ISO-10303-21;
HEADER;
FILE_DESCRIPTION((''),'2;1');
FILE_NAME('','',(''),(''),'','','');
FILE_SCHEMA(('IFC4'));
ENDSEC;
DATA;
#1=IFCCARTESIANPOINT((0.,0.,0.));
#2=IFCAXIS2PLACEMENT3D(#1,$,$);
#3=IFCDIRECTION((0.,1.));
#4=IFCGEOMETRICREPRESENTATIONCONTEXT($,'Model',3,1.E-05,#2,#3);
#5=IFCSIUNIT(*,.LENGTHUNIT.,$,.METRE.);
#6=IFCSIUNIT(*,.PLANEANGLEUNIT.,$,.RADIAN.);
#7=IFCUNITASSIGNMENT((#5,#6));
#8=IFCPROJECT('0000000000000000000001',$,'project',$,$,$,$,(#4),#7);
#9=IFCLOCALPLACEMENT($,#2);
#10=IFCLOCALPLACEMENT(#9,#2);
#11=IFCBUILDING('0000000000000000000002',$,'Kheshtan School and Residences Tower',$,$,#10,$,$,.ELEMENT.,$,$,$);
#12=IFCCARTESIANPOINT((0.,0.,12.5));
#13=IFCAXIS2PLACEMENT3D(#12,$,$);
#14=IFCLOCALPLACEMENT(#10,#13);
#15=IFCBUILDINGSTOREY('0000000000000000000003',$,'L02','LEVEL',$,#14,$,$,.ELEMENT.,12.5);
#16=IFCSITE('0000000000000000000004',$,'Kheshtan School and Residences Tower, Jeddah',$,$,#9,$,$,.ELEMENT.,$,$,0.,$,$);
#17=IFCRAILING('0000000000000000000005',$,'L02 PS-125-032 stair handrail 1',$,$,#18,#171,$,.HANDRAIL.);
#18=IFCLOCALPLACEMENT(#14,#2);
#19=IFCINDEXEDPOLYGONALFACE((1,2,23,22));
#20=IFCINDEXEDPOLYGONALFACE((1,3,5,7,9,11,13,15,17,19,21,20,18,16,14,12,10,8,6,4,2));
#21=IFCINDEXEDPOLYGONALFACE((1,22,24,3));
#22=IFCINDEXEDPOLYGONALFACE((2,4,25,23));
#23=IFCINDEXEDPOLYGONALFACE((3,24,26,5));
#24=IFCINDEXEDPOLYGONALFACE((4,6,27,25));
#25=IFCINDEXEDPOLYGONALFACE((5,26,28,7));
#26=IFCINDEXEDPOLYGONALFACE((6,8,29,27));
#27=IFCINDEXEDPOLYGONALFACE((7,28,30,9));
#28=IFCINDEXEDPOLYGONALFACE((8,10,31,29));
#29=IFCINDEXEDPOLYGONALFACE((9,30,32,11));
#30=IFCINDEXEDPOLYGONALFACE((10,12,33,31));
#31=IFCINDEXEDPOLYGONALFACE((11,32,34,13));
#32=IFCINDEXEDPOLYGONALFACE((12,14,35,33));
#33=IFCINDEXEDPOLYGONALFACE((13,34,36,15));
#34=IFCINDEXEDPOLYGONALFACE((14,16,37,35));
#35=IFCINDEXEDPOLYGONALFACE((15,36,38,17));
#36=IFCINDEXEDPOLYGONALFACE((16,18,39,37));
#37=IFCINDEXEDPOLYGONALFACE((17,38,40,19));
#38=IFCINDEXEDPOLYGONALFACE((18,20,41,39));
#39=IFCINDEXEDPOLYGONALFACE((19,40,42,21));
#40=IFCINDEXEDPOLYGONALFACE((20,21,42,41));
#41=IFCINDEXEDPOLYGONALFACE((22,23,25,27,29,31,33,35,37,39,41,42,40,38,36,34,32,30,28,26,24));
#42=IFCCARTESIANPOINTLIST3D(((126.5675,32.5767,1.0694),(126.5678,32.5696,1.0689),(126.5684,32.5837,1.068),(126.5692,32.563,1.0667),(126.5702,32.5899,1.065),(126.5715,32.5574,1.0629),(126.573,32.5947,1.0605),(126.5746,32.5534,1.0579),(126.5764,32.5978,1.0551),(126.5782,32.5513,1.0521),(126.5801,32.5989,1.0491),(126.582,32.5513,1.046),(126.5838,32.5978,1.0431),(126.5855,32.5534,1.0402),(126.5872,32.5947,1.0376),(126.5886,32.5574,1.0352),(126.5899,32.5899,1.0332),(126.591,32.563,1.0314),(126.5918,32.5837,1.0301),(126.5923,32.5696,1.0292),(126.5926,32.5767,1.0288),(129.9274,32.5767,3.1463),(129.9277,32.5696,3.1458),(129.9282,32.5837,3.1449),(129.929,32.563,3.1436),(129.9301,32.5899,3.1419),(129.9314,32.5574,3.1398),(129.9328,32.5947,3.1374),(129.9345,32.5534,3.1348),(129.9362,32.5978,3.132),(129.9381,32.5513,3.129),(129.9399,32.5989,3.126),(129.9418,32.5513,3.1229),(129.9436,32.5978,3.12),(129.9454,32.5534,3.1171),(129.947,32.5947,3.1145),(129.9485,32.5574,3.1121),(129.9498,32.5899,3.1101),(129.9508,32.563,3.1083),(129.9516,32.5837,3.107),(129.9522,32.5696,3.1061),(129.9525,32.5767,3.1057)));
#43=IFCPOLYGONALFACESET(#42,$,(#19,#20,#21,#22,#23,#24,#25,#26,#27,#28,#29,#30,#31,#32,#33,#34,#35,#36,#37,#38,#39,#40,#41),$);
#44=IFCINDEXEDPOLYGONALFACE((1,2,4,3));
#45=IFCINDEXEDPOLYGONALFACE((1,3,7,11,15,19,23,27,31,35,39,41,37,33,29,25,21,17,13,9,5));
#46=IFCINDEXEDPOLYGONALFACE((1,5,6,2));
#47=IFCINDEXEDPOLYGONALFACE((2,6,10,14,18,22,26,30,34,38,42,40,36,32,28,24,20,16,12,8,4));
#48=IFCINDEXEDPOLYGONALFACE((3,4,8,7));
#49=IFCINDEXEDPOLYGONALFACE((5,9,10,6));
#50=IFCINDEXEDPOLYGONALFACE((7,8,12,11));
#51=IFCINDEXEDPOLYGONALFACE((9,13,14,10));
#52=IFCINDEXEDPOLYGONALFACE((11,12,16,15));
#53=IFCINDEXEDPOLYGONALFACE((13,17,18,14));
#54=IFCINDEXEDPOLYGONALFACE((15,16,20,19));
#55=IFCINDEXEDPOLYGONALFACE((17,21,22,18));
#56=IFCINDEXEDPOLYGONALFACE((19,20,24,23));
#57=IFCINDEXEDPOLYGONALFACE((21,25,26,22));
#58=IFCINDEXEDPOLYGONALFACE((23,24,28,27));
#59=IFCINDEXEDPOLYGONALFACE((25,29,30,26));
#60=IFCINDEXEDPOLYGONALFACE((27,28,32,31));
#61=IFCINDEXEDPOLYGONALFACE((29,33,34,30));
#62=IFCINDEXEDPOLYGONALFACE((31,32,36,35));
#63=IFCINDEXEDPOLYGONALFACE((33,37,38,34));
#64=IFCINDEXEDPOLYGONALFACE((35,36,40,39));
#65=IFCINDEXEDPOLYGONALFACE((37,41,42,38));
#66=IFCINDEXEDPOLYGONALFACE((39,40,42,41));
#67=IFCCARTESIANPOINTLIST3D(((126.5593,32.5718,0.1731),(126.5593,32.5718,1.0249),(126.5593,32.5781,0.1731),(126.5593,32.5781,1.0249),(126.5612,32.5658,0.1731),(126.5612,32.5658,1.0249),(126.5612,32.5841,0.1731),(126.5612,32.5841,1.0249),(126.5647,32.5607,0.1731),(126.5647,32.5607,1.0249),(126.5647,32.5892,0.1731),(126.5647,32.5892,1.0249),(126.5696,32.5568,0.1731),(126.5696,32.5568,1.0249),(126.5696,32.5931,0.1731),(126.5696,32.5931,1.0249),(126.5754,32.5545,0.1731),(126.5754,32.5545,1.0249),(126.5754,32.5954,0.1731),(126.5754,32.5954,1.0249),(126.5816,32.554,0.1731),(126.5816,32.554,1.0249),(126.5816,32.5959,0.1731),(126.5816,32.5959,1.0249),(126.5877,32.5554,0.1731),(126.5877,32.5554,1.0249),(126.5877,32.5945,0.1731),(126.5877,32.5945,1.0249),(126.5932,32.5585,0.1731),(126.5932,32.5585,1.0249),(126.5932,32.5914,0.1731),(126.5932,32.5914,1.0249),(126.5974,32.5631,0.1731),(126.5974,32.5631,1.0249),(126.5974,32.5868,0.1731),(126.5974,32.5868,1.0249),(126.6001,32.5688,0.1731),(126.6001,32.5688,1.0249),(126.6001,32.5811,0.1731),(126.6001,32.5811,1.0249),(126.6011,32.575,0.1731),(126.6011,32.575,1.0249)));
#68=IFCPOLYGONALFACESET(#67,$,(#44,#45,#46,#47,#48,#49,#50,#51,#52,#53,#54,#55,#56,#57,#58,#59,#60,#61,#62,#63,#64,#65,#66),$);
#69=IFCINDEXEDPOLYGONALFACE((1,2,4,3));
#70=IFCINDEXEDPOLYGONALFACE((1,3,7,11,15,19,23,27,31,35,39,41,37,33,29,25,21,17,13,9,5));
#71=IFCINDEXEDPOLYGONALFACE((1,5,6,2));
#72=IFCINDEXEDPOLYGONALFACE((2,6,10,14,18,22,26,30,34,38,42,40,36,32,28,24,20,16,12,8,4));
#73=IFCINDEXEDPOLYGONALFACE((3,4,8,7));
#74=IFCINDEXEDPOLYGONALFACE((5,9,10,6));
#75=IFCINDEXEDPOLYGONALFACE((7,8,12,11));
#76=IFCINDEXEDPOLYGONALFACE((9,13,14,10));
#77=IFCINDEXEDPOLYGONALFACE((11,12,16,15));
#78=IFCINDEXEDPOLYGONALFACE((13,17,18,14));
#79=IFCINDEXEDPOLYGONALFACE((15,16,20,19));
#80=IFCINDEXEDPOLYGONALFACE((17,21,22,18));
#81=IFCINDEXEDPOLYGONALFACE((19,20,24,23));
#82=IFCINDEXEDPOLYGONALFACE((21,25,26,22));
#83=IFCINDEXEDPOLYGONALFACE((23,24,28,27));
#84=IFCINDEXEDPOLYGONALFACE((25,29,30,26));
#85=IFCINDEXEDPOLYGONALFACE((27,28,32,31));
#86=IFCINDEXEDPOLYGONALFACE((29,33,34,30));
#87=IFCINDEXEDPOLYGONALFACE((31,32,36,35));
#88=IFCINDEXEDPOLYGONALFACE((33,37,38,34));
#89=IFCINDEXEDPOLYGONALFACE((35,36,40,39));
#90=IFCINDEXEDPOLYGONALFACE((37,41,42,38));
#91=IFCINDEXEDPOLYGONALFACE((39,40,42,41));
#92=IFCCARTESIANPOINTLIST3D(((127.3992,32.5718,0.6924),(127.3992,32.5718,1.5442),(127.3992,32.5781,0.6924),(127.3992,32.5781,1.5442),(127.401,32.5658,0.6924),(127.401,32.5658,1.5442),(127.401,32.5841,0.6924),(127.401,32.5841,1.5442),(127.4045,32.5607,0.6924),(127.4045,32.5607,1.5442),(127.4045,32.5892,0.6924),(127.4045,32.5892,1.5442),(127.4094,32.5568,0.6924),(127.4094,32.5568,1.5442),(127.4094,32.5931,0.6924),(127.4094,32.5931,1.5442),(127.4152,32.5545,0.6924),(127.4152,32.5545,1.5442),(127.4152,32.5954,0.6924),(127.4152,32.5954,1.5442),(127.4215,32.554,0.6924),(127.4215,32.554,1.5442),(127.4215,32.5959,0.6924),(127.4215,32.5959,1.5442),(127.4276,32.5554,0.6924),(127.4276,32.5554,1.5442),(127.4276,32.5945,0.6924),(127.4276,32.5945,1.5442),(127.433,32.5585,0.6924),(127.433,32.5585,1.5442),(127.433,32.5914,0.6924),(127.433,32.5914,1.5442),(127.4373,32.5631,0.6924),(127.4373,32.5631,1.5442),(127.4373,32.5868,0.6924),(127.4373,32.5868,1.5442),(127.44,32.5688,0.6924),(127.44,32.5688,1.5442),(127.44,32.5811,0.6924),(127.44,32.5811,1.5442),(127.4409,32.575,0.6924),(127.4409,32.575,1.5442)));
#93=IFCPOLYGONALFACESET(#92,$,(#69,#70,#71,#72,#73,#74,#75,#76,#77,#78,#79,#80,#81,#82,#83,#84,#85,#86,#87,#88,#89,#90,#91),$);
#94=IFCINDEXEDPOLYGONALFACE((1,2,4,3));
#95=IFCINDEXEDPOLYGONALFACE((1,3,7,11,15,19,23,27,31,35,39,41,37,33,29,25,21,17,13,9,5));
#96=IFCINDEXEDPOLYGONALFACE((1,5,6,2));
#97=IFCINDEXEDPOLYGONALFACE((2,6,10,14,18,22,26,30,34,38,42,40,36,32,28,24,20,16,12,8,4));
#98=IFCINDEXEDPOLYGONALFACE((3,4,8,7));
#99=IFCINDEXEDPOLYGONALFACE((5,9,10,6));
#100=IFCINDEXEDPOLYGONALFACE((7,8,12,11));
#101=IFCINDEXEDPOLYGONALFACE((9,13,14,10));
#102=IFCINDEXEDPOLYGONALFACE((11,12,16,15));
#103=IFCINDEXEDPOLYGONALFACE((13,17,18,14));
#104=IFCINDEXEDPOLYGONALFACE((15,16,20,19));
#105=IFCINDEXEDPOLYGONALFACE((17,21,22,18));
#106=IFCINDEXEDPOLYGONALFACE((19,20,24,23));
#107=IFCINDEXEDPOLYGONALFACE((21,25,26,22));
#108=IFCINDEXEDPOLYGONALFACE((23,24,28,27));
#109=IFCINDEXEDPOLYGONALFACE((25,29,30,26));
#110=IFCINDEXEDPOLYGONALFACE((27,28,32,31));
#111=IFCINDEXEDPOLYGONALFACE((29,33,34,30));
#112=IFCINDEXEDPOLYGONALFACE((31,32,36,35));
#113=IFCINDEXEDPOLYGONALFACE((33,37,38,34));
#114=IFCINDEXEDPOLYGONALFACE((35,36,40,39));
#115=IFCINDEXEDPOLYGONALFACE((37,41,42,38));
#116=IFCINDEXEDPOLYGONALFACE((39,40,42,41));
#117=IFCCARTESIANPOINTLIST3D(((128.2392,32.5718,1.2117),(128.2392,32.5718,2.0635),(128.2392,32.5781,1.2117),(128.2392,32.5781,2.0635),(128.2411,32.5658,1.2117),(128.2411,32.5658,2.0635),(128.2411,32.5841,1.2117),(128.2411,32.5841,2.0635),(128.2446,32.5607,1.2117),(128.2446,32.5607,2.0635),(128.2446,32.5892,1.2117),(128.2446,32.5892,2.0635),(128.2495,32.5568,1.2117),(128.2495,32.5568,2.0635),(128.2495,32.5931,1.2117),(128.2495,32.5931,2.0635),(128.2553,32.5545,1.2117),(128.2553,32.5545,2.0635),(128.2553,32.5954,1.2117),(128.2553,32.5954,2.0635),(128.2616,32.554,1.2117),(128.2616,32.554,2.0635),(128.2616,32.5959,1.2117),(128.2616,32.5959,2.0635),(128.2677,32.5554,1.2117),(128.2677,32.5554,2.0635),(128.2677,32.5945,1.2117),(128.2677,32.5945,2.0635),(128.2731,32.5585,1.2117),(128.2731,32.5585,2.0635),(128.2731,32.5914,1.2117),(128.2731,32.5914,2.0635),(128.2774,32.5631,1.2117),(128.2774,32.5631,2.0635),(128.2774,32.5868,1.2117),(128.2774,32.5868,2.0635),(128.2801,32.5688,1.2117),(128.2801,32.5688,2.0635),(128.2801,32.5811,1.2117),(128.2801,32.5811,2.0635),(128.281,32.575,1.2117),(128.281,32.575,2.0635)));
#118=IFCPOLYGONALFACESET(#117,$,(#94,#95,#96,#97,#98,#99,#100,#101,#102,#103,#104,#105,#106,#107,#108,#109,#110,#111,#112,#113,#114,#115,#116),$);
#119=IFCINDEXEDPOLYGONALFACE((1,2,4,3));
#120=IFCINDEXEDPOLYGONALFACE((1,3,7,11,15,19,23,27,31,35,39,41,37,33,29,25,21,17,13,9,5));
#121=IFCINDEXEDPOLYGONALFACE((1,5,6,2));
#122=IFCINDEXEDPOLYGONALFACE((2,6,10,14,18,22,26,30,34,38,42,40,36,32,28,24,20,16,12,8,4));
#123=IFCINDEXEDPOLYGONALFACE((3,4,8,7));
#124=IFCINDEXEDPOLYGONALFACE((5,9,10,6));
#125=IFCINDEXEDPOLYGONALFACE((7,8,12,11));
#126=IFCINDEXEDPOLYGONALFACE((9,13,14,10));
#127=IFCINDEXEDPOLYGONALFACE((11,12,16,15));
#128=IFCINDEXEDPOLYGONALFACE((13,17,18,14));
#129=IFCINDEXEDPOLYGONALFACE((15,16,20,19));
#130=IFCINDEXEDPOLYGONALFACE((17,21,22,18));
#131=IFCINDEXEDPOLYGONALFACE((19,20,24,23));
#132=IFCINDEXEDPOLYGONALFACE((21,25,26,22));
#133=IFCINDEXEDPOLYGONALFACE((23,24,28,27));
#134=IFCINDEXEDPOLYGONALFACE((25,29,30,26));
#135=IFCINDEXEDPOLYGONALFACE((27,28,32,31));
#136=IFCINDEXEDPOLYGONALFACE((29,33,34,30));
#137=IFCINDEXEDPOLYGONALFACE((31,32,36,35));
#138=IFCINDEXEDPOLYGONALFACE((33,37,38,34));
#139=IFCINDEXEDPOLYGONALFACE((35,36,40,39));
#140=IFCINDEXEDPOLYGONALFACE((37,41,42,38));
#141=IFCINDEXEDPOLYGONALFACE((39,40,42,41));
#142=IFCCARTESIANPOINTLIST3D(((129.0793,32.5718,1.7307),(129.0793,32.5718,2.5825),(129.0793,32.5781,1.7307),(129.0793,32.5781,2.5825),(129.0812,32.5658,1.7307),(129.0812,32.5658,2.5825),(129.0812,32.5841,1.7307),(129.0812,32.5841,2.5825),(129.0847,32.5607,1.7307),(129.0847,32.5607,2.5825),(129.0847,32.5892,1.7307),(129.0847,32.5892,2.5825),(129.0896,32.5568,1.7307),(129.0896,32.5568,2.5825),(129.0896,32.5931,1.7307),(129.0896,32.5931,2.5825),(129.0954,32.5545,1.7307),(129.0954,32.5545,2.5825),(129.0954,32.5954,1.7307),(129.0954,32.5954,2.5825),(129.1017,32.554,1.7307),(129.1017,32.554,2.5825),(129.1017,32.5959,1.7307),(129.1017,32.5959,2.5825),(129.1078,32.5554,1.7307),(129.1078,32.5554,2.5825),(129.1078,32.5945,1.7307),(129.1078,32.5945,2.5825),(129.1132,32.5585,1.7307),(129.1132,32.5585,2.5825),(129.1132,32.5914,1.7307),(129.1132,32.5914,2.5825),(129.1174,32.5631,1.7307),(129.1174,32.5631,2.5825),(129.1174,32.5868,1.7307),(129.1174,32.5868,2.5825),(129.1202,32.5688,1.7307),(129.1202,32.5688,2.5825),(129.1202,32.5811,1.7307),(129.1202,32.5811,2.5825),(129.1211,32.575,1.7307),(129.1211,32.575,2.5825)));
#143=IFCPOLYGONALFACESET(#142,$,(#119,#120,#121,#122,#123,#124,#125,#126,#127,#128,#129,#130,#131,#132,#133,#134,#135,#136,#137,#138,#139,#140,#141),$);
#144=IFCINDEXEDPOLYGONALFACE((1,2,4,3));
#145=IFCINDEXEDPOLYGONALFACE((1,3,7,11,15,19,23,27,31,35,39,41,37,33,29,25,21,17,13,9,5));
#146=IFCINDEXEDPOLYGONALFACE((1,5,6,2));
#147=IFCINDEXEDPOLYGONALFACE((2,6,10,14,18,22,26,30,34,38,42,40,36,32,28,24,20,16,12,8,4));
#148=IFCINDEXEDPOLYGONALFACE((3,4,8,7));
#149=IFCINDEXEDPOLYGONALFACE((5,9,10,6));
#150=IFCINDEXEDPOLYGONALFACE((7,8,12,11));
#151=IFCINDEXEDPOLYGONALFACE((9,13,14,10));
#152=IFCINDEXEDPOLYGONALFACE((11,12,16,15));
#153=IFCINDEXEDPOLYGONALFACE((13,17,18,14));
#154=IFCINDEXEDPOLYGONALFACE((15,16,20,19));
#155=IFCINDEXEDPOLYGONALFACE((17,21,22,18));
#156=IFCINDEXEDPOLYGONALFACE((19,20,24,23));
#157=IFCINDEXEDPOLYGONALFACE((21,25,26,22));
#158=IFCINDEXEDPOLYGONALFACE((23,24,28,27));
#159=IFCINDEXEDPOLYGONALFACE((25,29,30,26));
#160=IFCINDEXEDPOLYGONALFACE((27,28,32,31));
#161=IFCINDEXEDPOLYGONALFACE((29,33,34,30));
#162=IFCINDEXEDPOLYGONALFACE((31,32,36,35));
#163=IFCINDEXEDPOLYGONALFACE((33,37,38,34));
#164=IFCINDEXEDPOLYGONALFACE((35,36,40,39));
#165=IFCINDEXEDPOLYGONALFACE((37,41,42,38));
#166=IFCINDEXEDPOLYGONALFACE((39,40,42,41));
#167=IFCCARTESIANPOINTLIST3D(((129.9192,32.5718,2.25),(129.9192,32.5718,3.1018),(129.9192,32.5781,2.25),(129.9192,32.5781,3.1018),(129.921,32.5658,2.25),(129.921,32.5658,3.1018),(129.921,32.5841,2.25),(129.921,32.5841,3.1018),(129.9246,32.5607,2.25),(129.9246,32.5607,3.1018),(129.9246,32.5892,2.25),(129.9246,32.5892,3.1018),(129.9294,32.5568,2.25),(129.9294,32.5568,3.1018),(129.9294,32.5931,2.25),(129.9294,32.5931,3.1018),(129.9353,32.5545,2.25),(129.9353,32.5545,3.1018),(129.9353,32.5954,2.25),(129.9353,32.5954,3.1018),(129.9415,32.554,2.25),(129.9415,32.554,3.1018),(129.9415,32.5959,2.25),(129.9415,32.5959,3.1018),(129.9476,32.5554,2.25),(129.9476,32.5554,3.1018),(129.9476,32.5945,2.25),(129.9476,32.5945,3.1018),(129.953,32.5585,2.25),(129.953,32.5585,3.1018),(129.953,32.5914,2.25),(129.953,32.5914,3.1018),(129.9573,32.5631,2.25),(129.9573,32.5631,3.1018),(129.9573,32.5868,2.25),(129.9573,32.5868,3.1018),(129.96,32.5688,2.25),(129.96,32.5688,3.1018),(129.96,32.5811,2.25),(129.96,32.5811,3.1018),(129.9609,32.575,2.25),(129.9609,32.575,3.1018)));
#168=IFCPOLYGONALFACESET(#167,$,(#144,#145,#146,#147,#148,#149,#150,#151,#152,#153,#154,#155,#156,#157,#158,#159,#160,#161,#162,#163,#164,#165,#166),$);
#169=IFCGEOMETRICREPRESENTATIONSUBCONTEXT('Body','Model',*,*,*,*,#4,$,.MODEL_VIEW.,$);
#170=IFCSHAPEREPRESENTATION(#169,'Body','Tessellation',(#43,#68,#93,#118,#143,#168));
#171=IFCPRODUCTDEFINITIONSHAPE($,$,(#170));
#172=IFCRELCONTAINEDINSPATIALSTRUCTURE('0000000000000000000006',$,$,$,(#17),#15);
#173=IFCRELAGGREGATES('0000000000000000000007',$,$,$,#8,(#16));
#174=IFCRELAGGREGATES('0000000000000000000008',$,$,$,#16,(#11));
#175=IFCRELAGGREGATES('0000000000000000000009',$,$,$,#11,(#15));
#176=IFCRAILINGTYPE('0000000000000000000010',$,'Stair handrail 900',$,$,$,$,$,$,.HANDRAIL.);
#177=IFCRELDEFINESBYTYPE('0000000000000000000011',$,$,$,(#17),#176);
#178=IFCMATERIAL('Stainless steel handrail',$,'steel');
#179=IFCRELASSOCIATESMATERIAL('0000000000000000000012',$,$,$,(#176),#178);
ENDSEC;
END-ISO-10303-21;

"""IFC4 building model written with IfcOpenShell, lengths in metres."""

from ifc_helpers import new_model, si_unit, direction, frame, origin, origin_2d, place, context, subcontext, project, spatial, circle, extrude, material, type_object, element, save


model = new_model("IFC4")

# Units and contexts
model_context = context("Model", 3, precision=1e-05, world=origin(), true_north=direction((0.0, 1.0)))
body_context = subcontext(model_context, "Body", "Model", "MODEL_VIEW")
ifc_project = project(units=[si_unit("LENGTHUNIT", "METRE"), si_unit("PLANEANGLEUNIT", "RADIAN")], contexts=[model_context])

# Site, building, storey
site_placement = place(None, origin())
site = spatial("IfcSite", under=ifc_project, at=site_placement, Name="Kheshtan School and Residences Tower, Jeddah", CompositionType="ELEMENT", RefElevation=0.0)
building_placement = place(site_placement, origin())
building = spatial("IfcBuilding", under=site, at=building_placement, Name="Kheshtan School and Residences Tower", CompositionType="ELEMENT")
storey_placement = place(building_placement, frame((0.0, 0.0, 12.5)))
storey = spatial("IfcBuildingStorey", under=building, at=storey_placement, Name="L02", Description="LEVEL", CompositionType="ELEMENT", Elevation=12.5)

# Railing
ifc_material_1 = material(Name="Stainless steel handrail", Category="steel")
railing_type_1 = type_object("IfcRailingType", Name="Stair handrail 900", PredefinedType="HANDRAIL", material=ifc_material_1)
railing_1_placement = place(storey_placement, frame((126.5801, 32.575, 0.1731)))
element("IfcRailing", 1, at=railing_1_placement, inside=storey, type_object=railing_type_1, Name="L02 PS-125-032 stair handrail 1", PredefinedType="HANDRAIL", context=body_context, shape_type="SweptSolid", body=[
    extrude(circle(Radius=0.0239, at=origin_2d()), frame((0.0, 0.0, 0.876), z_axis=(0.850606, 0.0, 0.525803), x_axis=(0.0, 1.0, 0.0)), (0.0, 0.0, 1.0), 3.95),
    extrude(circle(Radius=0.021, at=origin_2d()), origin(), (0.0, 0.0, 1.0), 0.8518),
    extrude(circle(Radius=0.021, at=origin_2d()), frame((0.8398, 0.0, 0.5193)), (0.0, 0.0, 1.0), 0.8518),
    extrude(circle(Radius=0.021, at=origin_2d()), frame((1.6799, 0.0, 1.0386)), (0.0, 0.0, 1.0), 0.8518),
    extrude(circle(Radius=0.021, at=origin_2d()), frame((2.52, 0.0, 1.5576)), (0.0, 0.0, 1.0), 0.8518),
    extrude(circle(Radius=0.021, at=origin_2d()), frame((3.3599, 0.0, 2.0769)), (0.0, 0.0, 1.0), 0.8518),
])

save(model, "model.ifc")
